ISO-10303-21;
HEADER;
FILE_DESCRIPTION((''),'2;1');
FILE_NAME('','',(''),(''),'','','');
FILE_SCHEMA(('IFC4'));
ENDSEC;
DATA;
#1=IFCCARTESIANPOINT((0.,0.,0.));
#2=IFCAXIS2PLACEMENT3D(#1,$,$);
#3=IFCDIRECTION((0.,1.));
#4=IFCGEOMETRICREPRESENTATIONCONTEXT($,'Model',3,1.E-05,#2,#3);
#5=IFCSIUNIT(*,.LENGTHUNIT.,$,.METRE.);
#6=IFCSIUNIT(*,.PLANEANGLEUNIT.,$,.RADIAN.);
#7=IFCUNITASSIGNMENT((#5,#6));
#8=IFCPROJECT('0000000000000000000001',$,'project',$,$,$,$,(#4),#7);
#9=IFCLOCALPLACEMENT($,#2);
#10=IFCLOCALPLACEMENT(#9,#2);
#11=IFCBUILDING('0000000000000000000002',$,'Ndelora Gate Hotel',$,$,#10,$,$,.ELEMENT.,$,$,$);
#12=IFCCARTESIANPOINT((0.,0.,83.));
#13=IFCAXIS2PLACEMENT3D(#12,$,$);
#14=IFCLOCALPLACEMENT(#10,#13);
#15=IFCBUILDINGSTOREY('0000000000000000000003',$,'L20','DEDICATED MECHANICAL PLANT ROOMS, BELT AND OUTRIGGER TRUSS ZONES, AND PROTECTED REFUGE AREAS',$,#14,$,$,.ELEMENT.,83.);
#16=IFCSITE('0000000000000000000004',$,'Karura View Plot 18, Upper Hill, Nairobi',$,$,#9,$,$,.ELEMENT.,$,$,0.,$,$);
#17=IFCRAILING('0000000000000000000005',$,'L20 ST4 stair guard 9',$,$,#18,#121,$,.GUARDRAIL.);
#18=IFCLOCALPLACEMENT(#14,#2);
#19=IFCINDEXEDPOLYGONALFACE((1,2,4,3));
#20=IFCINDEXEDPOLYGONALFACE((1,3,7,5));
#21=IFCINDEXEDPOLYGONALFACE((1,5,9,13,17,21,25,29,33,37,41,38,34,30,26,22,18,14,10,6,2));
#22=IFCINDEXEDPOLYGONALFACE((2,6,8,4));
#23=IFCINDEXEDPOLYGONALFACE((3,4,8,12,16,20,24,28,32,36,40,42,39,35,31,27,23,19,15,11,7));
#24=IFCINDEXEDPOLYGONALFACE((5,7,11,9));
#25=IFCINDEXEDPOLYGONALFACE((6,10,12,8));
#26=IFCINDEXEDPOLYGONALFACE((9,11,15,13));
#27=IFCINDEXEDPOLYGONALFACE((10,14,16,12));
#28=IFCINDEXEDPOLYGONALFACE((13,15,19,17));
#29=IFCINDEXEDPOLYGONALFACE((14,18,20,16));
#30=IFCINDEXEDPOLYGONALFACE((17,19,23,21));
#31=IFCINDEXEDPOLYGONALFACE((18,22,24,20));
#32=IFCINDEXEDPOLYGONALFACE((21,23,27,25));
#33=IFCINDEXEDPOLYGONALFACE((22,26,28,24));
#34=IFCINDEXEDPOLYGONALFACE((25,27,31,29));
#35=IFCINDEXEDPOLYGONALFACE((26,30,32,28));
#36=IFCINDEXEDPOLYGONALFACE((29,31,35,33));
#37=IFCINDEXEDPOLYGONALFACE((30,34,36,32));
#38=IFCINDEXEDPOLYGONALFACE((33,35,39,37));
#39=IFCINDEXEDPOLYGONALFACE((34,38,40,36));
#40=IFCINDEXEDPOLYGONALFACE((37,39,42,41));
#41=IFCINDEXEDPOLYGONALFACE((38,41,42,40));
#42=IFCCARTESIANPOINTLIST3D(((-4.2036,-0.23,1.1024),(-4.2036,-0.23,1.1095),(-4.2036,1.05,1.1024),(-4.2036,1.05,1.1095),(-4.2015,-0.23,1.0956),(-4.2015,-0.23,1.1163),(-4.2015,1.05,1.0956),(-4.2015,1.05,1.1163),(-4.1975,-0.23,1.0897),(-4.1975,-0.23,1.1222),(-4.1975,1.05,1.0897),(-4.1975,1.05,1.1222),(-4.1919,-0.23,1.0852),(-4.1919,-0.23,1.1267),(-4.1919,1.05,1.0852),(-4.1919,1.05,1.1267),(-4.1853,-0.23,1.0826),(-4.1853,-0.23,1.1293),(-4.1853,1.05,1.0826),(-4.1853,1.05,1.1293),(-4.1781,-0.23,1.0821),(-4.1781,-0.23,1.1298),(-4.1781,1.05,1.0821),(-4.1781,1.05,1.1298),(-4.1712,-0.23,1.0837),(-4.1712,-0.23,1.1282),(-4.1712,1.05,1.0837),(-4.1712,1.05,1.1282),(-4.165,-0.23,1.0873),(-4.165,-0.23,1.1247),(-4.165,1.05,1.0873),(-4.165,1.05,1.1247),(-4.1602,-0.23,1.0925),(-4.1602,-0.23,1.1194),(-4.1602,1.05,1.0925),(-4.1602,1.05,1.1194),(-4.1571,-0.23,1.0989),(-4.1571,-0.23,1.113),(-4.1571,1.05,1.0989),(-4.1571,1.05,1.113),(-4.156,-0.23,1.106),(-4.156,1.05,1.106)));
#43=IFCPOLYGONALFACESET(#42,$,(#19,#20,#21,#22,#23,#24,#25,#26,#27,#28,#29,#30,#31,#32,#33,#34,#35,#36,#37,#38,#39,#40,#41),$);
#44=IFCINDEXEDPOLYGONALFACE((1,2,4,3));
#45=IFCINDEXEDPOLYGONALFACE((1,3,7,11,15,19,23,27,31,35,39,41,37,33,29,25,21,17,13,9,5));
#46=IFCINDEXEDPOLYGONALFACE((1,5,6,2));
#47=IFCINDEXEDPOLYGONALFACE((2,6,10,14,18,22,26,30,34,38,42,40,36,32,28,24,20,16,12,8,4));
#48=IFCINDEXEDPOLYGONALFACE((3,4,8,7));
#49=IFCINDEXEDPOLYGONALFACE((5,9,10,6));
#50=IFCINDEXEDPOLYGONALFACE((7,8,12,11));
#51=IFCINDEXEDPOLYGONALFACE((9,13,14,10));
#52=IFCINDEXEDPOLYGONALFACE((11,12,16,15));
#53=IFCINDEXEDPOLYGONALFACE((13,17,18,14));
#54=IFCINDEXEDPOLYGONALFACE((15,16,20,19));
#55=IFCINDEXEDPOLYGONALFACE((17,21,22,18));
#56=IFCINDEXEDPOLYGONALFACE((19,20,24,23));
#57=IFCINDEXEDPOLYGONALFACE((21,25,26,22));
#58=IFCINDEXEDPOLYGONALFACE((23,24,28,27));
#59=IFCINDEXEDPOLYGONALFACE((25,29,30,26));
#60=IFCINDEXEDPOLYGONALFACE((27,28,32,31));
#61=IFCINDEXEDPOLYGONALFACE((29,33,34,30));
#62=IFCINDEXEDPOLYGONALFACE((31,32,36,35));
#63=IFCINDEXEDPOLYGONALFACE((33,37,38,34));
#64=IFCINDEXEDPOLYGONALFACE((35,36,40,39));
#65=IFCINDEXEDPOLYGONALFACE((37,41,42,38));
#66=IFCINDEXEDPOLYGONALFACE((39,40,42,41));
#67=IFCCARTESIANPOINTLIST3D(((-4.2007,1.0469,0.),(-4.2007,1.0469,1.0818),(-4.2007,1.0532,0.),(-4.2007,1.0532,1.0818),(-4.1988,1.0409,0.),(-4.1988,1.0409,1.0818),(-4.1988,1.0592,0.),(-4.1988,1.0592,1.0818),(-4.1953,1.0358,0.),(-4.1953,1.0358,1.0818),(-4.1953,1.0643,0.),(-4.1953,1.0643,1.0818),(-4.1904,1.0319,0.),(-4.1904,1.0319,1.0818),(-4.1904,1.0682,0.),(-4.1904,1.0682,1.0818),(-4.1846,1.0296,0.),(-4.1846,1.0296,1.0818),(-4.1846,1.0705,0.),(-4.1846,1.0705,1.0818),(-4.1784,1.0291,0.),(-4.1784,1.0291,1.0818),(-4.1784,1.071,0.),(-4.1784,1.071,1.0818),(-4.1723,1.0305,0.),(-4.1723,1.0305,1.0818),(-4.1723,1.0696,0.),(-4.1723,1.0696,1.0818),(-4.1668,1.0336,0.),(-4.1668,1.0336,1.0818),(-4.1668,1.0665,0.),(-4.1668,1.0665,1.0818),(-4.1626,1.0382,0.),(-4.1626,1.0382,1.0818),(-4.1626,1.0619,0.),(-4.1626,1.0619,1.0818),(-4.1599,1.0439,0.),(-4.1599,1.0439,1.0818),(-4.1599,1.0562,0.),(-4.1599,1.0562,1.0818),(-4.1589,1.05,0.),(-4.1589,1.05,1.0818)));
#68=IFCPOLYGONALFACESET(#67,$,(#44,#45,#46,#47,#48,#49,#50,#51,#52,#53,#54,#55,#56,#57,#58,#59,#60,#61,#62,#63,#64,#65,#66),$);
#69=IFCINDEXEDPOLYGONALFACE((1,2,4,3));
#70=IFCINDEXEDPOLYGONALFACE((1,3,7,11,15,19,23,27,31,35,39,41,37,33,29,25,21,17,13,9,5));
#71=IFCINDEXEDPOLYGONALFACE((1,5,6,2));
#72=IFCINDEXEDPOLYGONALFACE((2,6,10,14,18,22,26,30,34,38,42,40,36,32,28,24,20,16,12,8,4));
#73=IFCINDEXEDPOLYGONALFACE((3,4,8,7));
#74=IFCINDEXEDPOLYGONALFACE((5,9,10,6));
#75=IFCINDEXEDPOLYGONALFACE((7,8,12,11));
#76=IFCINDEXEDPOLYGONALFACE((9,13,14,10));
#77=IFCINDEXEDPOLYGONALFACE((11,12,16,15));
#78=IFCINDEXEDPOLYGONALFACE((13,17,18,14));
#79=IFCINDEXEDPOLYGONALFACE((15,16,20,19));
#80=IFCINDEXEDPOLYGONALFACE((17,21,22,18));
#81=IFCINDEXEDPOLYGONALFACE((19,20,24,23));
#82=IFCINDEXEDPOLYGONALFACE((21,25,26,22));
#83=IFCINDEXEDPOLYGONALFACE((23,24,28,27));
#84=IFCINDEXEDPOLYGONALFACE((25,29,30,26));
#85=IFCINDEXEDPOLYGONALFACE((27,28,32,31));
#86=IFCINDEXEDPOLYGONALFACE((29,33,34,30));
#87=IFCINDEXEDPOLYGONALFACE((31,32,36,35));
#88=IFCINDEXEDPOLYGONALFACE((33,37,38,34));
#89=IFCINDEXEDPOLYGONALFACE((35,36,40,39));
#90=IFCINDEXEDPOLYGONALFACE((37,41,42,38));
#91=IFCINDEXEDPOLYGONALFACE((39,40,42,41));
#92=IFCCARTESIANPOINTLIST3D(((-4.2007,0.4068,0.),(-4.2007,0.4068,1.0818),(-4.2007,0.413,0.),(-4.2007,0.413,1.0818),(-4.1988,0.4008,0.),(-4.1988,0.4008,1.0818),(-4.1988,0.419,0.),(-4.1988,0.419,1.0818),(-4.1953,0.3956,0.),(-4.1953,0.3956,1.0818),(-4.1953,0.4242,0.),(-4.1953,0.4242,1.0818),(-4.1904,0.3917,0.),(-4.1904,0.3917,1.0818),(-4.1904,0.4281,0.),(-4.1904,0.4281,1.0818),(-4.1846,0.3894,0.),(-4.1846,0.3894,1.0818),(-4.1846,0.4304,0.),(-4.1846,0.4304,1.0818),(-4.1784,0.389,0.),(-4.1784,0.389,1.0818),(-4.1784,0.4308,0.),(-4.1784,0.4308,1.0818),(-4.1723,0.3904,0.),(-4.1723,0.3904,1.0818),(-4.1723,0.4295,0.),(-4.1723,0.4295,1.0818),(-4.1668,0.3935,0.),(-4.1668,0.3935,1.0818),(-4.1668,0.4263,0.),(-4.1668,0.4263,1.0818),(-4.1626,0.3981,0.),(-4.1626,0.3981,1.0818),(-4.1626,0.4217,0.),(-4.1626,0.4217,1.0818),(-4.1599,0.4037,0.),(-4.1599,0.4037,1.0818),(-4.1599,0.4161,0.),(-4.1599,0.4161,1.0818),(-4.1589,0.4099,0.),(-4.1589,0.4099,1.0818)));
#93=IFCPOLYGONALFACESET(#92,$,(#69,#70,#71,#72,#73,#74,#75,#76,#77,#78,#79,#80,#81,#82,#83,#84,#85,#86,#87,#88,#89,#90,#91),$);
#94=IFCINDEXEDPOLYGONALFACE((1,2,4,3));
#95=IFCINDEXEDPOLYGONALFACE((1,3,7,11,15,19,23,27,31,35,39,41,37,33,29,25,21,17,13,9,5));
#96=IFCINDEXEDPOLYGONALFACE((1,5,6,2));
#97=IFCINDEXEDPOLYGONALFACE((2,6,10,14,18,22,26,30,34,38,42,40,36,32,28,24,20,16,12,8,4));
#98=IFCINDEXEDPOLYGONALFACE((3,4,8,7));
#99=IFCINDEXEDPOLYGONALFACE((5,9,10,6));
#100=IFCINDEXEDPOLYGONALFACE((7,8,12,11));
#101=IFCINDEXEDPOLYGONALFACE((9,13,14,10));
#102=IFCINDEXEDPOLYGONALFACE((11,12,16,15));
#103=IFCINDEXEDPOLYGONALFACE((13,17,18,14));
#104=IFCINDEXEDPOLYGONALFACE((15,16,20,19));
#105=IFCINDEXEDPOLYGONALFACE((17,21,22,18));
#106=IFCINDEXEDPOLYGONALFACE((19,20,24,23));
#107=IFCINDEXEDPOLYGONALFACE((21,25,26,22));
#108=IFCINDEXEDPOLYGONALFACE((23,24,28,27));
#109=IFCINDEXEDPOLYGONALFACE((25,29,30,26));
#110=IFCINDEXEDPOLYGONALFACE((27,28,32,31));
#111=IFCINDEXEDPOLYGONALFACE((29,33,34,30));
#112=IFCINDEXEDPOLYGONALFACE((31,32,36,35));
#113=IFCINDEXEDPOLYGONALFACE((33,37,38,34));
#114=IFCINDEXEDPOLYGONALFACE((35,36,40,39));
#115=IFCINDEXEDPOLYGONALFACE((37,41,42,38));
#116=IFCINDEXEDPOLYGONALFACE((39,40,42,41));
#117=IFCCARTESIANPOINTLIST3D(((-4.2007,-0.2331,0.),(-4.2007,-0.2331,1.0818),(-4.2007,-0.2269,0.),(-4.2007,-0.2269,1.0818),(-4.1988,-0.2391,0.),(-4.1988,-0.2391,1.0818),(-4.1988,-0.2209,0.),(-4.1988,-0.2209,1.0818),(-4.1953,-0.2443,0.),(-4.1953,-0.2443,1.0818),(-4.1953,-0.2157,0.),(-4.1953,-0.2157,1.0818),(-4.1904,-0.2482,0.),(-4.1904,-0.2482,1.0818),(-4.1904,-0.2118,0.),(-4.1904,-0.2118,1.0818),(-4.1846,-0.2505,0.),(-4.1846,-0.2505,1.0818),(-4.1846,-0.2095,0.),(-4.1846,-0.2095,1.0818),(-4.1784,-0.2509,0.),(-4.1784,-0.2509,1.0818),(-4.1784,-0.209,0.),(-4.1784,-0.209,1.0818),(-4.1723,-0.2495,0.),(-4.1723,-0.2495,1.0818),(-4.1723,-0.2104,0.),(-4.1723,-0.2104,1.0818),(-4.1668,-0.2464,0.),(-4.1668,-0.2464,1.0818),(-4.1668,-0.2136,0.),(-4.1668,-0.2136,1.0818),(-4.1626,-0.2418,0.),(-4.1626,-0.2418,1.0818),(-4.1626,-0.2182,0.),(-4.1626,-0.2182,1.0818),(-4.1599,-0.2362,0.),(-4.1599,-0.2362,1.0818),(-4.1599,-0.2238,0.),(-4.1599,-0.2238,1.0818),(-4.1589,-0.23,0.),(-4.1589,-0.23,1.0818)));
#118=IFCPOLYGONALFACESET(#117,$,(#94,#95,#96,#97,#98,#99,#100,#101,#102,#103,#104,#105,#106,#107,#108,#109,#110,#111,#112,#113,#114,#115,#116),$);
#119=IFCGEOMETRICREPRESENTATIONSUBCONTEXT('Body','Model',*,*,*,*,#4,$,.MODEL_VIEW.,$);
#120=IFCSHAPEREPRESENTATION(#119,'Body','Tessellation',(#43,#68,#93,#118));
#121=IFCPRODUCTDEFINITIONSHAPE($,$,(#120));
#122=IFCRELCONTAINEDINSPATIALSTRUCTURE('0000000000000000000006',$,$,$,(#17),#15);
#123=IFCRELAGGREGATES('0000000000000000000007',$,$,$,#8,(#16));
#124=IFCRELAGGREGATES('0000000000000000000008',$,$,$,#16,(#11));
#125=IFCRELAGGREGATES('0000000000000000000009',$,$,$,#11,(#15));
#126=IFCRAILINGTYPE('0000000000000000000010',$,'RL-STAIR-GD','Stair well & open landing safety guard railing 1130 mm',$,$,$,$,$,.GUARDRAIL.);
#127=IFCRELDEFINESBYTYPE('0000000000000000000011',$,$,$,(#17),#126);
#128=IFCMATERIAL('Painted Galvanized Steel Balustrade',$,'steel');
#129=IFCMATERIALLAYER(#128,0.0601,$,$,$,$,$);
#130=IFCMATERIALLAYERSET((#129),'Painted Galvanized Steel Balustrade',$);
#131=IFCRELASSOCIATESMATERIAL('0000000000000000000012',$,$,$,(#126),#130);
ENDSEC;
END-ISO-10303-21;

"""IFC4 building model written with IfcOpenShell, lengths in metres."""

from ifc_helpers import new_model, si_unit, direction, frame, origin, origin_2d, place, context, subcontext, project, spatial, circle, extrude, material, layer, layer_set, type_object, element, save


model = new_model("IFC4")

# Units and contexts
model_context = context("Model", 3, precision=1e-05, world=origin(), true_north=direction((0.0, 1.0)))
body_context = subcontext(model_context, "Body", "Model", "MODEL_VIEW")
ifc_project = project(units=[si_unit("LENGTHUNIT", "METRE"), si_unit("PLANEANGLEUNIT", "RADIAN")], contexts=[model_context])

# Site, building, storey
site_placement = place(None, origin())
site = spatial("IfcSite", under=ifc_project, at=site_placement, Name="Karura View Plot 18, Upper Hill, Nairobi", CompositionType="ELEMENT", RefElevation=0.0)
building_placement = place(site_placement, origin())
building = spatial("IfcBuilding", under=site, at=building_placement, Name="Ndelora Gate Hotel", CompositionType="ELEMENT")
storey_placement = place(building_placement, frame((0.0, 0.0, 83.0)))
storey = spatial("IfcBuildingStorey", under=building, at=storey_placement, Name="L20", Description="DEDICATED MECHANICAL PLANT ROOMS, BELT AND OUTRIGGER TRUSS ZONES, AND PROTECTED REFUGE AREAS", CompositionType="ELEMENT", Elevation=83.0)

# Railing
ifc_material_1 = material(Name="Painted Galvanized Steel Balustrade", Category="steel")
ifc_layer_1 = layer(ifc_material_1, 0.0601)
ifc_layer_set_1 = layer_set([ifc_layer_1], Name="Painted Galvanized Steel Balustrade")
railing_type_1 = type_object("IfcRailingType", Name="RL-STAIR-GD", Description="Stair well & open landing safety guard railing 1130 mm", PredefinedType="GUARDRAIL", material=ifc_layer_set_1)
for number, where, name in (
    (1, (-4.1799, 1.05, 0.0), "L20 ST4 stair guard 9"),
):
    element("IfcRailing", number, at=place(storey_placement, frame(where)), inside=storey, type_object=railing_type_1, Name=name, PredefinedType="GUARDRAIL", context=body_context, shape_type="SweptSolid", body=[
        extrude(circle(Radius=0.0239, at=origin_2d()), frame((0.0, 0.0, 1.106), z_axis=(0.0, -1.0, 0.0), x_axis=(1.0, 0.0, 0.0)), (0.0, 0.0, 1.0), 1.28),
        extrude(circle(Radius=0.021, at=origin_2d()), origin(), (0.0, 0.0, 1.0), 1.0818),
        extrude(circle(Radius=0.021, at=origin_2d()), frame((0.0, -0.6401, 0.0)), (0.0, 0.0, 1.0), 1.0818),
        extrude(circle(Radius=0.021, at=origin_2d()), frame((0.0, -1.28, 0.0)), (0.0, 0.0, 1.0), 1.0818),
    ])

save(model, "model.ifc")
